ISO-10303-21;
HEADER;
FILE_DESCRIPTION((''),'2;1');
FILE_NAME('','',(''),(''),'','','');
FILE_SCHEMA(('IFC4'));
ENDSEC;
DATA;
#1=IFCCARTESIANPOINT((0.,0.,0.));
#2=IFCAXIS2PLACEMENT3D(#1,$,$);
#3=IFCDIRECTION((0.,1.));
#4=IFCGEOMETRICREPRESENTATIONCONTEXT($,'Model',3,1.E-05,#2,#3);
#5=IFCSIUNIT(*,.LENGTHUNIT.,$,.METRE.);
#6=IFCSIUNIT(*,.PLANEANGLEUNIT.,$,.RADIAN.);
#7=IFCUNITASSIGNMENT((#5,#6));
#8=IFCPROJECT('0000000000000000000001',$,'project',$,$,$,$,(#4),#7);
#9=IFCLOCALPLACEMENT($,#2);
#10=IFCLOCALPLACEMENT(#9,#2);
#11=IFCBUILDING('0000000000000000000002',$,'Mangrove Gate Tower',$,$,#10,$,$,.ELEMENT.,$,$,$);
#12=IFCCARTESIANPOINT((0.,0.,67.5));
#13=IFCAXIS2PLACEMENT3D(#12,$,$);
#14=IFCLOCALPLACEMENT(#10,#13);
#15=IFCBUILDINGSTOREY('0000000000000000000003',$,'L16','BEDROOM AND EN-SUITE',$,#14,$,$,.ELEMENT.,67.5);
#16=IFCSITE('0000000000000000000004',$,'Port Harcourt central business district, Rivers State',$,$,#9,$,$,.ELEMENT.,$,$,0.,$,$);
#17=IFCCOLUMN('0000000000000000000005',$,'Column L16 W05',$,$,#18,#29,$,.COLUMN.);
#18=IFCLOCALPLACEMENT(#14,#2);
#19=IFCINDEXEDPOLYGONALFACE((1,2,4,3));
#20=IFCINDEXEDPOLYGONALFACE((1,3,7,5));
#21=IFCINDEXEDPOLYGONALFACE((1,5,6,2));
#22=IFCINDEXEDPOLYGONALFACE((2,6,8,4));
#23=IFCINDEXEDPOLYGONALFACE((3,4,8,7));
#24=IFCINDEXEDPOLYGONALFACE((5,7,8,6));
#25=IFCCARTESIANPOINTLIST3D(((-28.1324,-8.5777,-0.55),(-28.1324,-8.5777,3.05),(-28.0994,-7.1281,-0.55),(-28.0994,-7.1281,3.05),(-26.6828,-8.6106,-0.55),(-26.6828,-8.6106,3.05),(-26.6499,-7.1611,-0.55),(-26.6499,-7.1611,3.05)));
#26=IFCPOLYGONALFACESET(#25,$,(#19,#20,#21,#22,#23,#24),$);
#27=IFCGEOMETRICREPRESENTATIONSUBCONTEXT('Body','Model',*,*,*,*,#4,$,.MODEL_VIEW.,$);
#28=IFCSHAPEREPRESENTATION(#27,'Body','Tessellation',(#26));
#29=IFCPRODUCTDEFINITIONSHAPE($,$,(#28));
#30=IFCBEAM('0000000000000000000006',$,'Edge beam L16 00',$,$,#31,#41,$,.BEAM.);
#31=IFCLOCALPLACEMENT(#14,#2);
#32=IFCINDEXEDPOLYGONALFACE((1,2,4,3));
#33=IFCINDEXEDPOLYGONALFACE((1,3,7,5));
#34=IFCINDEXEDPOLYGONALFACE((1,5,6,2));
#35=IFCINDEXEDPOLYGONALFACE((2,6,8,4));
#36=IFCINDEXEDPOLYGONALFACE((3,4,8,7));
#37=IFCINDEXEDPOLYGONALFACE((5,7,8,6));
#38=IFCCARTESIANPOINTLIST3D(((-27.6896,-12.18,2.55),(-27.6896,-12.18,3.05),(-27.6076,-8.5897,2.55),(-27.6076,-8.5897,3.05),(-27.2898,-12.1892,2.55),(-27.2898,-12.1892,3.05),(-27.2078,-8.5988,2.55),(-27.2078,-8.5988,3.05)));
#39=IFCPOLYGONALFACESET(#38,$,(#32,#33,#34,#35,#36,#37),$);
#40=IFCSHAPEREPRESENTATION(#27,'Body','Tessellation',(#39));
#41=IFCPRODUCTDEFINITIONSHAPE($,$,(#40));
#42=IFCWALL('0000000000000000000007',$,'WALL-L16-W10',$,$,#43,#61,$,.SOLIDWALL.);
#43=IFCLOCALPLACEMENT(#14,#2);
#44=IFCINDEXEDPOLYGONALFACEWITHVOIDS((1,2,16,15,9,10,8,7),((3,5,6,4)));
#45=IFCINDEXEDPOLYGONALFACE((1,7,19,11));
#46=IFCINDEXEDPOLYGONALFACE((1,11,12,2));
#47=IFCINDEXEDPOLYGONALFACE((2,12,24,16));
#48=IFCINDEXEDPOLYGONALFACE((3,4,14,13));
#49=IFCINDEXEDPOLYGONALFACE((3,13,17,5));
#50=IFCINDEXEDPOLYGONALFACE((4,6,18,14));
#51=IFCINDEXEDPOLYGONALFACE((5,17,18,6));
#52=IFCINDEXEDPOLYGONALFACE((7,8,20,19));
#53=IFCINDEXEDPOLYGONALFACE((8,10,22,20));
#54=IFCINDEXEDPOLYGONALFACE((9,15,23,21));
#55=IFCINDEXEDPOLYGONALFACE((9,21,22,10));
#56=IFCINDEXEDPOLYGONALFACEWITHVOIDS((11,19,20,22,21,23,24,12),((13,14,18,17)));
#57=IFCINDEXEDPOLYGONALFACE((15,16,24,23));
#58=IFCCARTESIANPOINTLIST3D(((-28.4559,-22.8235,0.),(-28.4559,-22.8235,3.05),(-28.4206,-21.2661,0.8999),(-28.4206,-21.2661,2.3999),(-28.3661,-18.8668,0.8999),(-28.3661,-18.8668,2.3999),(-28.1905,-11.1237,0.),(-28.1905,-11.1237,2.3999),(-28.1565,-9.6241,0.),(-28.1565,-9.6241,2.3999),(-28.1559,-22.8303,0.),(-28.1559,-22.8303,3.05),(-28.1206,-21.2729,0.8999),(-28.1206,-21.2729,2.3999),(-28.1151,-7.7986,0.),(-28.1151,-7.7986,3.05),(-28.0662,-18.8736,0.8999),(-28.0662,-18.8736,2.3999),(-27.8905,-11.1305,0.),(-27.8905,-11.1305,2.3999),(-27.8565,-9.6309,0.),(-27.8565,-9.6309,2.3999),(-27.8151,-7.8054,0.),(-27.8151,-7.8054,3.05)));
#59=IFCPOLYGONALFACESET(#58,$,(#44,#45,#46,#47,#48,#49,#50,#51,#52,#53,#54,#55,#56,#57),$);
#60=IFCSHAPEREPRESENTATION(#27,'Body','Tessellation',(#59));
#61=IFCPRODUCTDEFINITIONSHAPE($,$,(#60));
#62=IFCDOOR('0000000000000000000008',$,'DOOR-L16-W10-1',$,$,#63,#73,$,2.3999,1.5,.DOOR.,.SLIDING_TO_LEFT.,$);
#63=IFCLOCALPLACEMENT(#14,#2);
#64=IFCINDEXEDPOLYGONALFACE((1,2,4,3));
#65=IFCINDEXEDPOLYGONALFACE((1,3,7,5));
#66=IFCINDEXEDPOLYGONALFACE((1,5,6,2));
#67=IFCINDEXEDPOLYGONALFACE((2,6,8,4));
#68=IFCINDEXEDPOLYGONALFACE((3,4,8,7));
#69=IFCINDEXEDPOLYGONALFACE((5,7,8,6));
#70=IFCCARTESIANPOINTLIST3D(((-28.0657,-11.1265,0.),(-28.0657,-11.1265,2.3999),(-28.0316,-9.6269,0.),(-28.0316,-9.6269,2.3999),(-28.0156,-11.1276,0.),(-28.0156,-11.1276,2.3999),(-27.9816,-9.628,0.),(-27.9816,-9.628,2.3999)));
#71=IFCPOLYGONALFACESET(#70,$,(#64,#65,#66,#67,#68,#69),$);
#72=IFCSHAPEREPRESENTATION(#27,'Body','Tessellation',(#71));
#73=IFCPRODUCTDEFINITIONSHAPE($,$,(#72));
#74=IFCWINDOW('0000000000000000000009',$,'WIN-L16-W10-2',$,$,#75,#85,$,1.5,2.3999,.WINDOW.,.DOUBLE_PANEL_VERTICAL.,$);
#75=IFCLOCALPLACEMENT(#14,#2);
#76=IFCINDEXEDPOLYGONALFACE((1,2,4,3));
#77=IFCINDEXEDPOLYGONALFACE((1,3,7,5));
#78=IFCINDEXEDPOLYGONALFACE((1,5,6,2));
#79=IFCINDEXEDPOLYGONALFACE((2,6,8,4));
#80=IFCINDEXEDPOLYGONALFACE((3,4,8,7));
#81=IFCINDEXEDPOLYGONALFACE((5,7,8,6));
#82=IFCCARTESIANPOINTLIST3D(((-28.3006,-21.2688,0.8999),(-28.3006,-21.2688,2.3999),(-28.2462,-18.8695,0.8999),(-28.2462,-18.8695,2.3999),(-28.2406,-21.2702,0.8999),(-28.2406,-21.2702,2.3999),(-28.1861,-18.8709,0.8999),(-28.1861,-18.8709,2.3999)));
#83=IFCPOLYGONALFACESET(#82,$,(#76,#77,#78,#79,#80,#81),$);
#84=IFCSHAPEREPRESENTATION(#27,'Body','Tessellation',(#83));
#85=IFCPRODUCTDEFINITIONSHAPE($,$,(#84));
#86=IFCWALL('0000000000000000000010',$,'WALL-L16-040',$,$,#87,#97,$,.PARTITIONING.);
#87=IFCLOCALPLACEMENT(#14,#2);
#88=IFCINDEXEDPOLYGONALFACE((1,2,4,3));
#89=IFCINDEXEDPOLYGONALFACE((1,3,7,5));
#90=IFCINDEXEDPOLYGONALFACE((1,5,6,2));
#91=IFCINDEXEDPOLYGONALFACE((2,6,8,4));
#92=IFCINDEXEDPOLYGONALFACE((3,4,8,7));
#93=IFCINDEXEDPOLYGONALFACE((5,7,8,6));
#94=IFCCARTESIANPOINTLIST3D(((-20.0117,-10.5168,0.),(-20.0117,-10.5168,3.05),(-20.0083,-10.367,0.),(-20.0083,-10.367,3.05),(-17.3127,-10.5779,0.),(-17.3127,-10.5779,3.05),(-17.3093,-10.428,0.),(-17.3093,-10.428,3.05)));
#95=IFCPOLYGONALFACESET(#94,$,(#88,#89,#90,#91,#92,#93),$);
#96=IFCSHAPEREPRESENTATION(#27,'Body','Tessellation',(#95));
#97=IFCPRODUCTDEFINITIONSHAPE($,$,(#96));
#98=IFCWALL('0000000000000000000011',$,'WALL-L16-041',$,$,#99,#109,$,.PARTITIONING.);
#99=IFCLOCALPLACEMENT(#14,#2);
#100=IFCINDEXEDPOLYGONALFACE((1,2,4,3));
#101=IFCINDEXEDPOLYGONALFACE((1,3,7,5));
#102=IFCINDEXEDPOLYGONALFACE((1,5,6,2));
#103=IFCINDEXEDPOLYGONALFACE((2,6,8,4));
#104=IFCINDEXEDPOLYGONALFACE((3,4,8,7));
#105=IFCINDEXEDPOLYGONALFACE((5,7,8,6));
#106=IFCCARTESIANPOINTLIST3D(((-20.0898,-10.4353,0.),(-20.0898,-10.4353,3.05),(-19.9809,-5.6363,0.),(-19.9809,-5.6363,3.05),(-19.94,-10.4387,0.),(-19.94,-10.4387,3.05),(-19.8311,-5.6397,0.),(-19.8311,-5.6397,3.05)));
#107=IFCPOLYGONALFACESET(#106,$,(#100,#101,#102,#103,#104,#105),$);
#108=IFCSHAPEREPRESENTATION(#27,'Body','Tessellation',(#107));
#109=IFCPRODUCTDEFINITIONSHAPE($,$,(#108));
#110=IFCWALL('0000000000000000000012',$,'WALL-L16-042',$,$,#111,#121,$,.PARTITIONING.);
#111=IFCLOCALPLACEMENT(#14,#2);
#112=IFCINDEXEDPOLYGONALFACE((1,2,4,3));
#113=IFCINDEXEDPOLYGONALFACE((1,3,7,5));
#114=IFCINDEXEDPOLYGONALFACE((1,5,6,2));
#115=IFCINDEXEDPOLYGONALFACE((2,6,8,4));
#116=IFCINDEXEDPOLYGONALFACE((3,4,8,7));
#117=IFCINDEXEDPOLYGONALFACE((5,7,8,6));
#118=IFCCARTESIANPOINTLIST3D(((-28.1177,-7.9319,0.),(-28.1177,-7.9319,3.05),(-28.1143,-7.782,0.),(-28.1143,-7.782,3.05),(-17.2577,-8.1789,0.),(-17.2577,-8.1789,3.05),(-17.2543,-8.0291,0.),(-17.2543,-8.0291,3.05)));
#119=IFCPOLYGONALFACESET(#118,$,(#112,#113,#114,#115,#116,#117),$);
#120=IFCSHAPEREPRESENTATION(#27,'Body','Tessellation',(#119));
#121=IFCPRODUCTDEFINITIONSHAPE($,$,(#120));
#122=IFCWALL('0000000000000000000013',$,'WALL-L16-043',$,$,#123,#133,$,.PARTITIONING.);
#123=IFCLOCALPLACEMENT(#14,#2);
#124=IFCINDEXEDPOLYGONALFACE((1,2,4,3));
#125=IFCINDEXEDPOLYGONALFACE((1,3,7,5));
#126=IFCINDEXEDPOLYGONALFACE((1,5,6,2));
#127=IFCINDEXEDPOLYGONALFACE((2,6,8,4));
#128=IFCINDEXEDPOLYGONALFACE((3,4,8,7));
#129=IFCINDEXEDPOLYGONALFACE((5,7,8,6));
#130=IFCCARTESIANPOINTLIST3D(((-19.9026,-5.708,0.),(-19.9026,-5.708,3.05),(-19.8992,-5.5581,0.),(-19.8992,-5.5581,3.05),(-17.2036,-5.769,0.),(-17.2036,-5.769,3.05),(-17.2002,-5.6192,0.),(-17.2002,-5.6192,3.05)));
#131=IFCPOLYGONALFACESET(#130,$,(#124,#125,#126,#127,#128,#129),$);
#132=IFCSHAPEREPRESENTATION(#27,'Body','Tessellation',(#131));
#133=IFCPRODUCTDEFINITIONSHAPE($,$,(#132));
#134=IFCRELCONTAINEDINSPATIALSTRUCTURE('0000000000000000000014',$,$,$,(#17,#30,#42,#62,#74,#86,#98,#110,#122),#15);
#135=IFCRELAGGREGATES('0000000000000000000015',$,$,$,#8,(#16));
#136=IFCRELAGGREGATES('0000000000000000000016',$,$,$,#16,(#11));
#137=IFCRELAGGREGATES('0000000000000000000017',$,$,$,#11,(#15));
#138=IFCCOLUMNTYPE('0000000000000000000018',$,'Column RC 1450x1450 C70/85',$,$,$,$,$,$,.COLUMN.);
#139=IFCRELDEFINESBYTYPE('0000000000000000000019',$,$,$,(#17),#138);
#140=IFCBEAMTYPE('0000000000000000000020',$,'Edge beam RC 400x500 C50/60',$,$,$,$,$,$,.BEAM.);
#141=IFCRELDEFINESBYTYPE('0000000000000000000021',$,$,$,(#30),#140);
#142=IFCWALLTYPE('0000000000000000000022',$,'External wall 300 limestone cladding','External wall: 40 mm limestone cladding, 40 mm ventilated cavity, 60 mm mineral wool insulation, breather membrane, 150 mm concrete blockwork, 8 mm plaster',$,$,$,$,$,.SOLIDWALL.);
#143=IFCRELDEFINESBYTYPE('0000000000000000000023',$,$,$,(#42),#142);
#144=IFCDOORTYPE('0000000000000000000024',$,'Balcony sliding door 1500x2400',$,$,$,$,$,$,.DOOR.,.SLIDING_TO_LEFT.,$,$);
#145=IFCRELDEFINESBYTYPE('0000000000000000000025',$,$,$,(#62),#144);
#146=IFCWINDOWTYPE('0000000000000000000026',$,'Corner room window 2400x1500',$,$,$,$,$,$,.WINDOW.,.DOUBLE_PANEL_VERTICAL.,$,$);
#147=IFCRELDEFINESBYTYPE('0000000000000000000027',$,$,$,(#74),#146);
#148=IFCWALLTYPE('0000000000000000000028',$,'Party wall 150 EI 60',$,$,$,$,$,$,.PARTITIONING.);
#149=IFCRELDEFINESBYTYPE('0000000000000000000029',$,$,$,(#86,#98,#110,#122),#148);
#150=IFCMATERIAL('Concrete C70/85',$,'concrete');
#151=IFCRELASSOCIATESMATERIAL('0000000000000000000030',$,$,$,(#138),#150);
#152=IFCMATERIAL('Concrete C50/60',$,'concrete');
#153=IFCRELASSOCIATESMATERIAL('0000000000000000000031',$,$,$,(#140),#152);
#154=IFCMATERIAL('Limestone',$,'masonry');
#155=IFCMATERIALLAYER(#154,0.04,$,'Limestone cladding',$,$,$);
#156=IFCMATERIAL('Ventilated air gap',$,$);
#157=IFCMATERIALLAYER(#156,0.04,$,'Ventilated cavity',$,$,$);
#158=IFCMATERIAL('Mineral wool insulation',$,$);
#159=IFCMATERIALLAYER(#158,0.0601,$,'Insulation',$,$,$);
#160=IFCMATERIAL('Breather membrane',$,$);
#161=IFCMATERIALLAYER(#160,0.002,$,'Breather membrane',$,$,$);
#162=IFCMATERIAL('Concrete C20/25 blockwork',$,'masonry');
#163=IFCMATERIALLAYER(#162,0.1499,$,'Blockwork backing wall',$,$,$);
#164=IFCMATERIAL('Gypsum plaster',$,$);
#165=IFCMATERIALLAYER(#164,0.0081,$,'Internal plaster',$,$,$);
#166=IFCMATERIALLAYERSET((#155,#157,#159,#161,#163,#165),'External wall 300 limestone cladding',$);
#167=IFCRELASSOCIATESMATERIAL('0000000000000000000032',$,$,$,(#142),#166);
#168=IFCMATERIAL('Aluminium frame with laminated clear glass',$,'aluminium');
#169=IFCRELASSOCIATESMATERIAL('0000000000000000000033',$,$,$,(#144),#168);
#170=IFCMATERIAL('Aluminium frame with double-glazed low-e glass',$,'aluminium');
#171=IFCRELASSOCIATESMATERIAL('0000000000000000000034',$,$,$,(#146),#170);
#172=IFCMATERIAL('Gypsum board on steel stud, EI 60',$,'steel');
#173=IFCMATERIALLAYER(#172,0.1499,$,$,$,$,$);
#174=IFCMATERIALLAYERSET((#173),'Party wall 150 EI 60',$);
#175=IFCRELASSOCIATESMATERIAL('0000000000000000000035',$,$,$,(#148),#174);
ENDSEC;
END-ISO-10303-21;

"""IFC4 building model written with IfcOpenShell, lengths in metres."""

from ifc_helpers import new_model, si_unit, direction, frame, frame_2d, origin, origin_2d, place, context, subcontext, project, spatial, rectangle, extrude, material, layer, layer_set, material_profile, profile_set, type_object, element, fill, save


model = new_model("IFC4")

# Units and contexts
model_context = context("Model", 3, precision=1e-05, world=origin(), true_north=direction((0.0, 1.0)))
body_context = subcontext(model_context, "Body", "Model", "MODEL_VIEW")
ifc_project = project(units=[si_unit("LENGTHUNIT", "METRE"), si_unit("PLANEANGLEUNIT", "RADIAN")], contexts=[model_context])

# Site, building, storey
site_placement = place(None, origin())
site = spatial("IfcSite", under=ifc_project, at=site_placement, Name="Port Harcourt central business district, Rivers State", CompositionType="ELEMENT", RefElevation=0.0)
building_placement = place(site_placement, origin())
building = spatial("IfcBuilding", under=site, at=building_placement, Name="Mangrove Gate Tower", CompositionType="ELEMENT")
storey_placement = place(building_placement, frame((0.0, 0.0, 67.5)))
storey = spatial("IfcBuildingStorey", under=building, at=storey_placement, Name="L16", Description="BEDROOM AND EN-SUITE", CompositionType="ELEMENT", Elevation=67.5)

# Column
ifc_material_1 = material(Name="Concrete C70/85", Category="concrete")
ifc_material_profile_1 = material_profile(ifc_material_1, rectangle(XDim=1.45, YDim=1.45, at=origin_2d()))
ifc_profile_set_1 = profile_set([ifc_material_profile_1], Name="Concrete C70/85")
column_type = type_object("IfcColumnType", Name="Column RC 1450x1450 C70/85", PredefinedType="COLUMN", material=ifc_profile_set_1)
column_placement = place(storey_placement, frame((-27.3911, -7.8694, -0.55), z_axis=(0.0, 0.0, 1.0), x_axis=(-0.022723, -0.999742, 0.0)))
element("IfcColumn", 1, at=column_placement, inside=storey, type_object=column_type, Name="Column L16 W05", PredefinedType="COLUMN", context=body_context, shape_type="SweptSolid", body=[
    extrude(rectangle(XDim=1.45, YDim=1.45, at=origin_2d()), origin(), (0.0, 0.0, 1.0), 3.6001),
])

# Beam
ifc_material_2 = material(Name="Concrete C50/60", Category="concrete")
ifc_material_profile_2 = material_profile(ifc_material_2, rectangle(XDim=0.3999, YDim=0.5, at=origin_2d()))
ifc_profile_set_2 = profile_set([ifc_material_profile_2], Name="Concrete C50/60")
beam_type = type_object("IfcBeamType", Name="Edge beam RC 400x500 C50/60", PredefinedType="BEAM", material=ifc_profile_set_2)
beam_placement = place(storey_placement, frame((-27.4077, -8.5942, 2.8), z_axis=(-0.022842, -0.999739, 0.0), x_axis=(0.999739, -0.022842, 0.0)))
element("IfcBeam", 2, at=beam_placement, inside=storey, type_object=beam_type, Name="Edge beam L16 00", PredefinedType="BEAM", context=body_context, shape_type="SweptSolid", body=[
    extrude(rectangle(XDim=0.3999, YDim=0.5, at=origin_2d()), origin(), (0.0, 0.0, 1.0), 3.5913),
])

# Wall, openings, door, window
ifc_material_3 = material(Name="Limestone", Category="masonry")
ifc_layer_1 = layer(ifc_material_3, 0.04, Name="Limestone cladding")
ifc_material_4 = material(Name="Ventilated air gap")
ifc_layer_2 = layer(ifc_material_4, 0.04, Name="Ventilated cavity")
ifc_material_5 = material(Name="Mineral wool insulation")
ifc_layer_3 = layer(ifc_material_5, 0.0601, Name="Insulation")
ifc_material_6 = material(Name="Breather membrane")
ifc_layer_4 = layer(ifc_material_6, 0.002, Name="Breather membrane")
ifc_material_7 = material(Name="Concrete C20/25 blockwork", Category="masonry")
ifc_layer_5 = layer(ifc_material_7, 0.1499, Name="Blockwork backing wall")
ifc_material_8 = material(Name="Gypsum plaster")
ifc_layer_6 = layer(ifc_material_8, 0.0081, Name="Internal plaster")
ifc_layer_set_1 = layer_set([ifc_layer_1, ifc_layer_2, ifc_layer_3, ifc_layer_4, ifc_layer_5, ifc_layer_6], Name="External wall 300 limestone cladding")
wall_type_1 = type_object("IfcWallType", Name="External wall 300 limestone cladding", Description="External wall: 40 mm limestone cladding, 40 mm ventilated cavity, 60 mm mineral wool insulation, breather membrane, 150 mm concrete blockwork, 8 mm plaster", PredefinedType="SOLIDWALL", material=ifc_layer_set_1)
wall_1_placement = place(storey_placement, frame((-27.9651, -7.802, 0.0), z_axis=(0.0, 0.0, 1.0), x_axis=(-0.022678, -0.999743, 0.0)))
wall_1 = element("IfcWall", 3, at=wall_1_placement, inside=storey, type_object=wall_type_1, Name="WALL-L16-W10", PredefinedType="SOLIDWALL", context=body_context, shape_type="SweptSolid", body=[
    extrude(rectangle(XDim=15.0288, YDim=0.3, at=frame_2d((7.5144, 0.0))), origin(), (0.0, 0.0, 1.0), 3.05),
])
opening_1_placement = place(wall_1_placement, frame((1.8259, 0.0, 0.0)))
opening_1 = element("IfcOpeningElement", 4, at=opening_1_placement, cuts=wall_1, PredefinedType="OPENING", context=body_context, shape_type="SweptSolid", body=[
    extrude(rectangle(XDim=1.5, YDim=2.3999, at=frame_2d((0.75, 1.2))), frame((0.0, 0.1599, 0.0), z_axis=(0.0, -1.0, 0.0), x_axis=(1.0, 0.0, 0.0)), (0.0, 0.0, 1.0), 0.3201),
])
opening_2_placement = place(wall_1_placement, frame((11.071, 0.0, 0.8999)))
opening_2 = element("IfcOpeningElement", 5, at=opening_2_placement, cuts=wall_1, PredefinedType="OPENING", context=body_context, shape_type="SweptSolid", body=[
    extrude(rectangle(XDim=2.3999, YDim=1.5, at=frame_2d((1.2, 0.75))), frame((0.0, 0.1599, 0.0), z_axis=(0.0, -1.0, 0.0), x_axis=(1.0, 0.0, 0.0)), (0.0, 0.0, 1.0), 0.3201),
])
ifc_material_9 = material(Name="Aluminium frame with laminated clear glass", Category="aluminium")
door_type = type_object("IfcDoorType", Name="Balcony sliding door 1500x2400", OperationType="SLIDING_TO_LEFT", PredefinedType="DOOR", material=ifc_material_9)
door_placement = place(opening_1_placement, origin())
door = element("IfcDoor", 6, at=door_placement, inside=storey, type_object=door_type, Name="DOOR-L16-W10-1", OperationType="SLIDING_TO_LEFT", OverallHeight=2.3999, OverallWidth=1.5, PredefinedType="DOOR", context=body_context, shape_type="SweptSolid", body=[
    extrude(rectangle(XDim=1.5, YDim=2.3999, at=frame_2d((0.75, 1.2))), frame((0.0, 0.0249, 0.0), z_axis=(0.0, -1.0, 0.0), x_axis=(1.0, 0.0, 0.0)), (0.0, 0.0, 1.0), 0.05),
])
fill(opening_1, door)
ifc_material_10 = material(Name="Aluminium frame with double-glazed low-e glass", Category="aluminium")
window_type = type_object("IfcWindowType", Name="Corner room window 2400x1500", PartitioningType="DOUBLE_PANEL_VERTICAL", PredefinedType="WINDOW", material=ifc_material_10)
window_placement = place(opening_2_placement, origin())
window = element("IfcWindow", 7, at=window_placement, inside=storey, type_object=window_type, Name="WIN-L16-W10-2", OverallHeight=1.5, OverallWidth=2.3999, PartitioningType="DOUBLE_PANEL_VERTICAL", PredefinedType="WINDOW", context=body_context, shape_type="SweptSolid", body=[
    extrude(rectangle(XDim=2.3999, YDim=1.5, at=frame_2d((1.2, 0.75))), frame((0.0, 0.03, 0.0), z_axis=(0.0, -1.0, 0.0), x_axis=(1.0, 0.0, 0.0)), (0.0, 0.0, 1.0), 0.0601),
])
fill(opening_2, window)

# Walls
ifc_material_11 = material(Name="Gypsum board on steel stud, EI 60", Category="steel")
ifc_layer_7 = layer(ifc_material_11, 0.1499)
ifc_layer_set_2 = layer_set([ifc_layer_7], Name="Party wall 150 EI 60")
wall_type_2 = type_object("IfcWallType", Name="Party wall 150 EI 60", PredefinedType="PARTITIONING", material=ifc_layer_set_2)
wall_2_placement = place(storey_placement, frame((-20.01, -10.4419, 0.0), z_axis=(0.0, 0.0, 1.0), x_axis=(0.999744, -0.022608, 0.0)))
element("IfcWall", 8, at=wall_2_placement, inside=storey, type_object=wall_type_2, Name="WALL-L16-040", PredefinedType="PARTITIONING", context=body_context, shape_type="SweptSolid", body=[
    extrude(rectangle(XDim=2.6997, YDim=0.1499, at=frame_2d((1.3499, 0.0))), origin(), (0.0, 0.0, 1.0), 3.05),
])
wall_3_placement = place(storey_placement, frame((-20.0149, -10.437, 0.0), z_axis=(0.0, 0.0, 1.0), x_axis=(0.022683, 0.999743, 0.0)))
element("IfcWall", 9, at=wall_3_placement, inside=storey, type_object=wall_type_2, Name="WALL-L16-041", PredefinedType="PARTITIONING", context=body_context, shape_type="SweptSolid", body=[
    extrude(rectangle(XDim=4.8003, YDim=0.1499, at=frame_2d((2.4001, 0.0))), origin(), (0.0, 0.0, 1.0), 3.05),
])
wall_4_placement = place(storey_placement, frame((-28.116, -7.8569, 0.0), z_axis=(0.0, 0.0, 1.0), x_axis=(0.999741, -0.022745, 0.0)))
element("IfcWall", 10, at=wall_4_placement, inside=storey, type_object=wall_type_2, Name="WALL-L16-042", PredefinedType="PARTITIONING", context=body_context, shape_type="SweptSolid", body=[
    extrude(rectangle(XDim=10.8628, YDim=0.1499, at=frame_2d((5.4314, 0.0))), origin(), (0.0, 0.0, 1.0), 3.05),
])
wall_5_placement = place(storey_placement, frame((-19.9009, -5.6331, 0.0), z_axis=(0.0, 0.0, 1.0), x_axis=(0.999744, -0.022608, 0.0)))
element("IfcWall", 11, at=wall_5_placement, inside=storey, type_object=wall_type_2, Name="WALL-L16-043", PredefinedType="PARTITIONING", context=body_context, shape_type="SweptSolid", body=[
    extrude(rectangle(XDim=2.6997, YDim=0.1499, at=frame_2d((1.3499, 0.0))), origin(), (0.0, 0.0, 1.0), 3.05),
])

save(model, "model.ifc")
